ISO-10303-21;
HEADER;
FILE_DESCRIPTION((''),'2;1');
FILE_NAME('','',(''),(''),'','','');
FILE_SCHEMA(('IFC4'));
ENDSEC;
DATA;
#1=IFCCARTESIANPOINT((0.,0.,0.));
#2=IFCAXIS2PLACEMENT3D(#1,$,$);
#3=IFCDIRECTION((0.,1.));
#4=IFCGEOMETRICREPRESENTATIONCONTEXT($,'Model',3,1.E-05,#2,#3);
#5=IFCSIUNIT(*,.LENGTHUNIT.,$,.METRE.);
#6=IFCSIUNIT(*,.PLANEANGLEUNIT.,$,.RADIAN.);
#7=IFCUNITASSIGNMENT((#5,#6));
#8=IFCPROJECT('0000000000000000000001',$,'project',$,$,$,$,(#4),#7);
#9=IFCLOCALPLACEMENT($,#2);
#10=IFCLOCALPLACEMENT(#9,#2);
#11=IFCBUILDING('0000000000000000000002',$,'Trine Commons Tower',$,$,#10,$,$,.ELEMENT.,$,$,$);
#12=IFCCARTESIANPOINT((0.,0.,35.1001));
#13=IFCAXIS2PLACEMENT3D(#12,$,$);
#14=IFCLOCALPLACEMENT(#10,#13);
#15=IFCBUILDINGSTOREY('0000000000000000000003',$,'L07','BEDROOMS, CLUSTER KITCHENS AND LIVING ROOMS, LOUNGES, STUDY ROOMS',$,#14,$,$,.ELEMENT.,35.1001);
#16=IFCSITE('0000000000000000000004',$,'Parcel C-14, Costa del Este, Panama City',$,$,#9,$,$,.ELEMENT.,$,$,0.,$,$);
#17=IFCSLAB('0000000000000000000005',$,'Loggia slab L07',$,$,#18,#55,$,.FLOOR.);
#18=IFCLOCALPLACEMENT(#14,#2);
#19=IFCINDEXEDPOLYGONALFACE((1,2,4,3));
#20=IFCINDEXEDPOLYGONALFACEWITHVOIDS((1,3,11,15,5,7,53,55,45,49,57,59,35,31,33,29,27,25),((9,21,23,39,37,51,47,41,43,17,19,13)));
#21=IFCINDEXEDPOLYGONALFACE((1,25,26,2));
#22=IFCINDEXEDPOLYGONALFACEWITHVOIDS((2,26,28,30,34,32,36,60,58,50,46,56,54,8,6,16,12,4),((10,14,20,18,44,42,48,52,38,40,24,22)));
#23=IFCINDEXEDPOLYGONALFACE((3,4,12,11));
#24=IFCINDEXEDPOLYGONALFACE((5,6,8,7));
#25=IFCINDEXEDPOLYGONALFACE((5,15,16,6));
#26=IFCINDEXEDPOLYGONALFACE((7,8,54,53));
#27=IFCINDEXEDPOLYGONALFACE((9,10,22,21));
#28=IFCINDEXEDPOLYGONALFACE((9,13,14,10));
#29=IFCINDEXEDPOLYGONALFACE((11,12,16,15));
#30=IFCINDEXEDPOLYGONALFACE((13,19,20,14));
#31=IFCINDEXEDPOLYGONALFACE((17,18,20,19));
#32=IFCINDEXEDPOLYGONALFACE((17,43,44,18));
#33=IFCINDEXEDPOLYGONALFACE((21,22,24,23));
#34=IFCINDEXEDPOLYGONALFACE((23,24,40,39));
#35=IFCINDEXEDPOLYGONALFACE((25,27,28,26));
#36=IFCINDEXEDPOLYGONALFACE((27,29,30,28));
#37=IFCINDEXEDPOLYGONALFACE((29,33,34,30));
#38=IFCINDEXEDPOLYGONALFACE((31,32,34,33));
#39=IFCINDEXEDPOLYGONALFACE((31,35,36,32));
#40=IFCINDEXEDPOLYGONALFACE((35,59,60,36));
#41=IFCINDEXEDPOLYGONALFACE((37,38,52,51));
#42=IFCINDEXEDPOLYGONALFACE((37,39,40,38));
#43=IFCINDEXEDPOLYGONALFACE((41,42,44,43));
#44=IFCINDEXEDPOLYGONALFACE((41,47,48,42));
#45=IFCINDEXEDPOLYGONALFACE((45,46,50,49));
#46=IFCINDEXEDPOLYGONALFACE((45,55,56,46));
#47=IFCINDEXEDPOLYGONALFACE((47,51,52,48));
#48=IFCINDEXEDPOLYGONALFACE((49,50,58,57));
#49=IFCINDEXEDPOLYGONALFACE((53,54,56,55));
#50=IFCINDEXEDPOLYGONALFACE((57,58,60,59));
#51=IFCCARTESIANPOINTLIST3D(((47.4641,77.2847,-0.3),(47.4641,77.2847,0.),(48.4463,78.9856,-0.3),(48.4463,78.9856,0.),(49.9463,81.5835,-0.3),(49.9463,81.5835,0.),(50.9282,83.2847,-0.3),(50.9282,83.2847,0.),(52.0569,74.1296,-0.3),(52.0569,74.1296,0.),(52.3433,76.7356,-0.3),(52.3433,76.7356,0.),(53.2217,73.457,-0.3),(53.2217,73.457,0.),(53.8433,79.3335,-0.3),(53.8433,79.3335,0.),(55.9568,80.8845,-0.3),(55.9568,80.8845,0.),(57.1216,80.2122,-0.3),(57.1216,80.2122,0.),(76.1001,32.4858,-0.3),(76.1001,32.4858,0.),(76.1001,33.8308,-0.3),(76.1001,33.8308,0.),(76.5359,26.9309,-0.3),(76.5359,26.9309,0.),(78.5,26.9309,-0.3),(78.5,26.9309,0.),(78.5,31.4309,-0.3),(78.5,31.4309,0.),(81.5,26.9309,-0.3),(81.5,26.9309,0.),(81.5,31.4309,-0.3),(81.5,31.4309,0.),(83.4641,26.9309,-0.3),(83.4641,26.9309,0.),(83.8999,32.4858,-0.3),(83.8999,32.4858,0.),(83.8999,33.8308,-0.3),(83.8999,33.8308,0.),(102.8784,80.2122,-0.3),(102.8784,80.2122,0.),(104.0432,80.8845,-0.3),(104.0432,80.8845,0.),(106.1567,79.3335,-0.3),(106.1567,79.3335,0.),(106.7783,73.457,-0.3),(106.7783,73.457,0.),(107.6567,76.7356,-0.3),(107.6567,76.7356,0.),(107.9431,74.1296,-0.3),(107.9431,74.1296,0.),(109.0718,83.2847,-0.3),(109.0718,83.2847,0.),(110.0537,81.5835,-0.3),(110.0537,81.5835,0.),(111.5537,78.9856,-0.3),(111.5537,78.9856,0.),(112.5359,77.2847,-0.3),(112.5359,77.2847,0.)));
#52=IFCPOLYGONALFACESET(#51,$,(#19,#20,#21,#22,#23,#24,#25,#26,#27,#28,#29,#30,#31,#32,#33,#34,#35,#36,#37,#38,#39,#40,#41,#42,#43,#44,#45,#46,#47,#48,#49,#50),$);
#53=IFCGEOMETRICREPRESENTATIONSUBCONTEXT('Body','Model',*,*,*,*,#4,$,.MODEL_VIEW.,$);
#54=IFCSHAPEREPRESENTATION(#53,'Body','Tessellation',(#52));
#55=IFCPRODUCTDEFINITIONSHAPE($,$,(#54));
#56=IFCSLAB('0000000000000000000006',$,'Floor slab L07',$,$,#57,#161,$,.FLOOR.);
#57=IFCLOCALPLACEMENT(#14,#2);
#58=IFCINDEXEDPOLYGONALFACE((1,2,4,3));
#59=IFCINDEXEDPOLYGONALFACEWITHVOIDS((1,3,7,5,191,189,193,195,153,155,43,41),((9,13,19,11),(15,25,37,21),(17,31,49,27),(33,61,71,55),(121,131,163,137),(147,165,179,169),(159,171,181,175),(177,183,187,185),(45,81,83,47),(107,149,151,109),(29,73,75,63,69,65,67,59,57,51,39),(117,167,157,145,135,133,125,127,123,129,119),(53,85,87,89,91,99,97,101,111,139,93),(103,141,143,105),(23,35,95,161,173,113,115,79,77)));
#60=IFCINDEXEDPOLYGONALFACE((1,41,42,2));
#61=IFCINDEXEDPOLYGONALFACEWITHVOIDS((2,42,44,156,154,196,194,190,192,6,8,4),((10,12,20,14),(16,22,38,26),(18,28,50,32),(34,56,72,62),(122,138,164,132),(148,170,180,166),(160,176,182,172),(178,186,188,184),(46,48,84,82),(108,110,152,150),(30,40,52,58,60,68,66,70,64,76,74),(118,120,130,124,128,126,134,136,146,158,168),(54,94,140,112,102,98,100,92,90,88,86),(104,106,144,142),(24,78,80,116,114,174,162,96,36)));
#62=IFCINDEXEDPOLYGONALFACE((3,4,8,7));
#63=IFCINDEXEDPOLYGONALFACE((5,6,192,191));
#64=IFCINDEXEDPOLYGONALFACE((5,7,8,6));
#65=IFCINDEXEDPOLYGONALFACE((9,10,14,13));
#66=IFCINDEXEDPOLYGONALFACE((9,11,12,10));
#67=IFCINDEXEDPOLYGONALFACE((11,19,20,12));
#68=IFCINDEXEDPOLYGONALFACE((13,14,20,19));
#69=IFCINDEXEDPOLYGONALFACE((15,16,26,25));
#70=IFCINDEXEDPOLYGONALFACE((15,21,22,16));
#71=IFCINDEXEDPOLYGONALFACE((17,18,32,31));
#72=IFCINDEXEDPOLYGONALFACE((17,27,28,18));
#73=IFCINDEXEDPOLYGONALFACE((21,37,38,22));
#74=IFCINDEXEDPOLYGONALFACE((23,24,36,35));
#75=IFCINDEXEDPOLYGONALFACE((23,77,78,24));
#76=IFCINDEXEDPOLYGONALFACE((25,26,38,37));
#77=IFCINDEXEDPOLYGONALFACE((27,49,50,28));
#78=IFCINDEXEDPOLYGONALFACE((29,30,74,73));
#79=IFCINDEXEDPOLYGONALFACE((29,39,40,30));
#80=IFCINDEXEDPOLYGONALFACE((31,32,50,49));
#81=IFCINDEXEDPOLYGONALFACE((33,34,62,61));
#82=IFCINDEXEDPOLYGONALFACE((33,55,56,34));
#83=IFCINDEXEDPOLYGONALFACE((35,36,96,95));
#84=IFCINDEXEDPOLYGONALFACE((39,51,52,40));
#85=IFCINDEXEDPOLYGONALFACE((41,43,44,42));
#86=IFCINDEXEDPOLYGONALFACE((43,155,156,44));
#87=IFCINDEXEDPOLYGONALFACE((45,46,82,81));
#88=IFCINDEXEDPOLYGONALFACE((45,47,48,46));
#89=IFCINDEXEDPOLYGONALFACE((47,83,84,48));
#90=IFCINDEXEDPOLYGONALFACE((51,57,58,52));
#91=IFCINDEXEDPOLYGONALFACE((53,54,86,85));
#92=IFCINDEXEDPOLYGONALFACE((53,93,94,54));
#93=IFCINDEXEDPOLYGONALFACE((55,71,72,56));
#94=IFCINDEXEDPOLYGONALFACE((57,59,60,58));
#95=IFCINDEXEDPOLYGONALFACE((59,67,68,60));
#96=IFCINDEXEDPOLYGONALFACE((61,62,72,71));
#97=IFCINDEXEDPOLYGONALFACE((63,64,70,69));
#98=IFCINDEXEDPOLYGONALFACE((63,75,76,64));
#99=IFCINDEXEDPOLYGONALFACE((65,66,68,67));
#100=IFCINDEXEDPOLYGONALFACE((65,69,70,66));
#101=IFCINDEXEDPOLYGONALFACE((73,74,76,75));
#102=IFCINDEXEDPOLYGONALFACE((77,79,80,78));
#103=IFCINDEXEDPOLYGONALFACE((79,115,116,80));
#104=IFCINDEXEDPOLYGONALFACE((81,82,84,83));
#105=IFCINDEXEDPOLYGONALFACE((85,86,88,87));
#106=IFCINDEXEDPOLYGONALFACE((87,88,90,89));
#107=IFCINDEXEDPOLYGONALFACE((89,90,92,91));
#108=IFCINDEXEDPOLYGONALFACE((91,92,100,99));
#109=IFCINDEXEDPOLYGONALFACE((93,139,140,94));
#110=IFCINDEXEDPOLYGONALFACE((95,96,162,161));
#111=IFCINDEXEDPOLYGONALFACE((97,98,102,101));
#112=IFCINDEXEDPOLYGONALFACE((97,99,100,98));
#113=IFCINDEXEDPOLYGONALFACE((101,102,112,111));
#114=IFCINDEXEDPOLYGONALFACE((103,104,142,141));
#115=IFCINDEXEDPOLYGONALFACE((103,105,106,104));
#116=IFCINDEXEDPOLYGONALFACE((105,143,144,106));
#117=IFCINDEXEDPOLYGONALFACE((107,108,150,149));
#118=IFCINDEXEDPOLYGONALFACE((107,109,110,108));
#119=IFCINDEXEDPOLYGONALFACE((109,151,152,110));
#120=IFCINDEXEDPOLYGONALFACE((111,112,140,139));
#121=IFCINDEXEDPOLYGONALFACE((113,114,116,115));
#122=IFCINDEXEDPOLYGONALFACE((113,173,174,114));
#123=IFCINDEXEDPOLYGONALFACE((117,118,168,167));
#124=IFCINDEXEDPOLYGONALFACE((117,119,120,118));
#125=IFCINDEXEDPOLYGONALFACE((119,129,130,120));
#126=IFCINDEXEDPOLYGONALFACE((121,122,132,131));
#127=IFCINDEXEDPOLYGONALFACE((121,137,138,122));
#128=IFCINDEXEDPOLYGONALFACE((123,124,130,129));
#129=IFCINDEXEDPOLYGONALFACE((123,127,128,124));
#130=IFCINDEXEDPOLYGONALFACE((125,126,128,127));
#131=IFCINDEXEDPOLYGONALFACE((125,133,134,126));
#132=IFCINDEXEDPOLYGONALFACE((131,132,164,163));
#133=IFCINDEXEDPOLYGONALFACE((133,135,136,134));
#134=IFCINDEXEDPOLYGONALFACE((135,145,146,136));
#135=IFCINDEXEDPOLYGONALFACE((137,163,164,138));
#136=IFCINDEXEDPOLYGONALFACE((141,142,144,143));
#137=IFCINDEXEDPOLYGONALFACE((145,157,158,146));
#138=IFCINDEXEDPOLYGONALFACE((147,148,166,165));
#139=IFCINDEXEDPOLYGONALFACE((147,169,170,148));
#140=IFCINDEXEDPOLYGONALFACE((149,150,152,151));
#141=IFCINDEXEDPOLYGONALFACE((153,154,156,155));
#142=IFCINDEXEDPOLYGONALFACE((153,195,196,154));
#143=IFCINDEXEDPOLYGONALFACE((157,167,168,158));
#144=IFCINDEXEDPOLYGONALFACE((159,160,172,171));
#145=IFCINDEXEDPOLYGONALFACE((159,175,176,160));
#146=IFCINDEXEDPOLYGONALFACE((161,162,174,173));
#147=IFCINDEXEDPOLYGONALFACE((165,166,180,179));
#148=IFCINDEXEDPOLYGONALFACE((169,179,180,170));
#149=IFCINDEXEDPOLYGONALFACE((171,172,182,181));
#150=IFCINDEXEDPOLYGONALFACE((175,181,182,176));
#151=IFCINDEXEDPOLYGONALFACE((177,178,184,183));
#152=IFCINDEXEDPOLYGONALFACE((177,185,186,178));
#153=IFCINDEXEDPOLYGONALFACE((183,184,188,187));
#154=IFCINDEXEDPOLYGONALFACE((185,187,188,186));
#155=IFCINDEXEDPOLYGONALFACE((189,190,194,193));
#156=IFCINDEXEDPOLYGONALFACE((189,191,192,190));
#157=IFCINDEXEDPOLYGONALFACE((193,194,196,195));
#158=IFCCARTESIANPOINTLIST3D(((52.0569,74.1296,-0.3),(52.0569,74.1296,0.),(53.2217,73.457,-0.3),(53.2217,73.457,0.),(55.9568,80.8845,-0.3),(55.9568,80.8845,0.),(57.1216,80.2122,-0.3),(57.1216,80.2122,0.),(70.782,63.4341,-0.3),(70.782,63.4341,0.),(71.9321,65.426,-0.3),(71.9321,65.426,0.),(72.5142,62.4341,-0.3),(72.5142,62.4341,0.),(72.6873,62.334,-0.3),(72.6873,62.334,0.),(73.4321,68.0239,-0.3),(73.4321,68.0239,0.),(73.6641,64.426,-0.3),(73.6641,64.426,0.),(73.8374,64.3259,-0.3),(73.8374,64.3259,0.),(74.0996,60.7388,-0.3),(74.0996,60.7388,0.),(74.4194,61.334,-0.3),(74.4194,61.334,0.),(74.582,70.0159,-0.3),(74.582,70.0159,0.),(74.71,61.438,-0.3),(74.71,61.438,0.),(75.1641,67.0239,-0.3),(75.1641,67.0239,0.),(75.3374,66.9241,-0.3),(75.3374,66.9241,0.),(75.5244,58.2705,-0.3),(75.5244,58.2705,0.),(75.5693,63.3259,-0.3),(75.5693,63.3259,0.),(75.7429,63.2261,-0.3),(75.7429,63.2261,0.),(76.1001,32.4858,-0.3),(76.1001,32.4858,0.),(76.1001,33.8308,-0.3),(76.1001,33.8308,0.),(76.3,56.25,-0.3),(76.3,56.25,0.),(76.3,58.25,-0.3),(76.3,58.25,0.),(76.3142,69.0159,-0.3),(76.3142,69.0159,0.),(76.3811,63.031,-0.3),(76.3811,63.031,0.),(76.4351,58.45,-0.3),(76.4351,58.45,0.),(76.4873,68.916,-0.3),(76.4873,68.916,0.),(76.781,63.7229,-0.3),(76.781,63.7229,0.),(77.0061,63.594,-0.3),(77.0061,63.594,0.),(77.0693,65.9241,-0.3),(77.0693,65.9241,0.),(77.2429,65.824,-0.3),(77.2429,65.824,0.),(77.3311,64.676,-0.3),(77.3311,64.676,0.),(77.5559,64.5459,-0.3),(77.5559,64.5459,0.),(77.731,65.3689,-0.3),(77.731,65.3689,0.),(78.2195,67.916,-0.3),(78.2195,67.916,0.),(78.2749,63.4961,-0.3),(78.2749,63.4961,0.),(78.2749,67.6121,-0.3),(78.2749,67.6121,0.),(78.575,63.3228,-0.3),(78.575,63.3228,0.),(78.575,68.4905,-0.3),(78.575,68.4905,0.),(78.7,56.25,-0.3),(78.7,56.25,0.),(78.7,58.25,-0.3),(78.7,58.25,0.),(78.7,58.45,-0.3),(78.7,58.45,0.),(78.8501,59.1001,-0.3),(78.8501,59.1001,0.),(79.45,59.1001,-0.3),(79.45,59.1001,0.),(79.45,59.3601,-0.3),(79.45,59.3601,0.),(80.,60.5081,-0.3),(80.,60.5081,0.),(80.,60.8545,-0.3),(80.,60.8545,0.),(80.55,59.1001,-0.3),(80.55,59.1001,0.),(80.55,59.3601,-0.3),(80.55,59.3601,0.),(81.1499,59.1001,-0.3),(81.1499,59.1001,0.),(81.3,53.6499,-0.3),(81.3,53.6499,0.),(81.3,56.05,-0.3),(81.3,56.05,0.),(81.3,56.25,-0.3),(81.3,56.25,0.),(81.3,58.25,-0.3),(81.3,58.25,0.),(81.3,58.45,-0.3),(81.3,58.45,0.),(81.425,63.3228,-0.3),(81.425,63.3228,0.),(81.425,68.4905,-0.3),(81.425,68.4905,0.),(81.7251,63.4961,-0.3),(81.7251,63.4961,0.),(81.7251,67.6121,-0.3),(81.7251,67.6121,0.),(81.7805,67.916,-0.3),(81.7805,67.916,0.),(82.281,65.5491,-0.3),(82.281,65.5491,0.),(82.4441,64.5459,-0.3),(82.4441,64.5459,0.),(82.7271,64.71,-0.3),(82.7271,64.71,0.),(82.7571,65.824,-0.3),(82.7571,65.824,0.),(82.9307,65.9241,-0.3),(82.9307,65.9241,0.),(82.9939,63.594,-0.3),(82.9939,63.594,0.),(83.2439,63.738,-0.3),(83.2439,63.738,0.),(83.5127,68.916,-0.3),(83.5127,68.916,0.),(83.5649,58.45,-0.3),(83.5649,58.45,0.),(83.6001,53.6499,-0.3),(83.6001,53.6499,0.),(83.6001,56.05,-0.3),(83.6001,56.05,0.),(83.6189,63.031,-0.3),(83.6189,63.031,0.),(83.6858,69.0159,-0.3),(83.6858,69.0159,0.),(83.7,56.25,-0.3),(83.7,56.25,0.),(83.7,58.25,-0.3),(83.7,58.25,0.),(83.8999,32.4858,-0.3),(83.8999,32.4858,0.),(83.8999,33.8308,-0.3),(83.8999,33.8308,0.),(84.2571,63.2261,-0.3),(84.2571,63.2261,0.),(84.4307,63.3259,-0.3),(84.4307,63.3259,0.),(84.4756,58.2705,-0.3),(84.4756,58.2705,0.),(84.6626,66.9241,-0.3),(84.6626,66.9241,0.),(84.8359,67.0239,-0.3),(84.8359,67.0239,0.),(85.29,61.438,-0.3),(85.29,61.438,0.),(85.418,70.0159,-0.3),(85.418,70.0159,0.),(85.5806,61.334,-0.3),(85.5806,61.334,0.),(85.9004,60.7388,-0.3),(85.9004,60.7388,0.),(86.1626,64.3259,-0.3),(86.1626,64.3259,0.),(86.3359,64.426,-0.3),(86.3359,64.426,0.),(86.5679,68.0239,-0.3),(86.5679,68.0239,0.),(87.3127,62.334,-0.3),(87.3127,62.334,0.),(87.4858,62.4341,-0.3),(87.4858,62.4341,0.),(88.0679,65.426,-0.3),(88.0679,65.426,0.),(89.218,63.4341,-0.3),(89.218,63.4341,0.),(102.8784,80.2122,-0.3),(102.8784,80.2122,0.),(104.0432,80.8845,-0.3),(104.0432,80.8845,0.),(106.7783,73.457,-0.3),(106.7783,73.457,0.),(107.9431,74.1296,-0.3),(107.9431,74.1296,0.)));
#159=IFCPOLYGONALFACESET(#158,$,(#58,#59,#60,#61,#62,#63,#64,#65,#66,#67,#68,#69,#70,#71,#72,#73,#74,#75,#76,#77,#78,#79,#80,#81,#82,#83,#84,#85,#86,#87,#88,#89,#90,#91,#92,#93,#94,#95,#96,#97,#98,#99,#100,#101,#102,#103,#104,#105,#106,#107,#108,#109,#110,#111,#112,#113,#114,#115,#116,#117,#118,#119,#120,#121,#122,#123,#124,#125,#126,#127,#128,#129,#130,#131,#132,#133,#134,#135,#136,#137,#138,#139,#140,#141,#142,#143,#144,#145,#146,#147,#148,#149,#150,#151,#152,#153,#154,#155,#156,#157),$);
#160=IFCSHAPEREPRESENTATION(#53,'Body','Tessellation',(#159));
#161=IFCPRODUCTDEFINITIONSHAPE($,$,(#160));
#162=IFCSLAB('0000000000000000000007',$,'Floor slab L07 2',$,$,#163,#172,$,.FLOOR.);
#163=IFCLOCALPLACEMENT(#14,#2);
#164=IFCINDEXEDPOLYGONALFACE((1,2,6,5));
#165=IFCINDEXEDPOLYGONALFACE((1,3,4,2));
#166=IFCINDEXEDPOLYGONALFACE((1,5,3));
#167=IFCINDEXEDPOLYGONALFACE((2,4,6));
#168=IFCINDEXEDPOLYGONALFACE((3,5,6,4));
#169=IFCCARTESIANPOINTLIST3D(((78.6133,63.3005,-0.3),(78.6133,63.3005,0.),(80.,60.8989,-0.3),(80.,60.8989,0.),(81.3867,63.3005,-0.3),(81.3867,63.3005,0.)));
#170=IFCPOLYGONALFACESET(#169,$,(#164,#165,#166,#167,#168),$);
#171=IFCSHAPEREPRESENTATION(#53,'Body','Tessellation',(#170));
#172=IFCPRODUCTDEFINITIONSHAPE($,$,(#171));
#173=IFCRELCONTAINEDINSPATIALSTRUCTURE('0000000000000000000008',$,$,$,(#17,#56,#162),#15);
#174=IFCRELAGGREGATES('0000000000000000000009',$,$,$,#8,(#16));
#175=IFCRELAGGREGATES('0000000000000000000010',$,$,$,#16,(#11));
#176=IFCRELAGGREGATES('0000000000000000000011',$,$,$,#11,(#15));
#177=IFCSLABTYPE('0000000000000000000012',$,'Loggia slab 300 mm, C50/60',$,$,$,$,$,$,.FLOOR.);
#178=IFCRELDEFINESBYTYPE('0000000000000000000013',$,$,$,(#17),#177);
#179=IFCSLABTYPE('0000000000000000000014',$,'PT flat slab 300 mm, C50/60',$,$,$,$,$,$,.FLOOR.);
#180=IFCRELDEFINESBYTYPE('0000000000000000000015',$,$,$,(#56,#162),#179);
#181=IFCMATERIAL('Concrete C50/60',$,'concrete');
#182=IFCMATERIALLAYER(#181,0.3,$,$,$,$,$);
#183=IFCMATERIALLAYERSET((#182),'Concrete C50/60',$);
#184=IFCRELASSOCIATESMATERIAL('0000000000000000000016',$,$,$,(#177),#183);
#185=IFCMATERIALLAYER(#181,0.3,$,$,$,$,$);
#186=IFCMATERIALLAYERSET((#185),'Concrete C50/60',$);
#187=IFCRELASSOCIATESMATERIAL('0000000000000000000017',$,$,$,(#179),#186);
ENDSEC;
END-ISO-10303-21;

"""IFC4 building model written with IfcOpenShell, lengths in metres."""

from ifc_helpers import new_model, si_unit, direction, frame, origin, place, context, subcontext, project, spatial, polyline, outline, extrude, material, layer, layer_set, type_object, element, save


model = new_model("IFC4")

# Units and contexts
model_context = context("Model", 3, precision=1e-05, world=origin(), true_north=direction((0.0, 1.0)))
body_context = subcontext(model_context, "Body", "Model", "MODEL_VIEW")
ifc_project = project(units=[si_unit("LENGTHUNIT", "METRE"), si_unit("PLANEANGLEUNIT", "RADIAN")], contexts=[model_context])

# Site, building, storey
site_placement = place(None, origin())
site = spatial("IfcSite", under=ifc_project, at=site_placement, Name="Parcel C-14, Costa del Este, Panama City", CompositionType="ELEMENT", RefElevation=0.0)
building_placement = place(site_placement, origin())
building = spatial("IfcBuilding", under=site, at=building_placement, Name="Trine Commons Tower", CompositionType="ELEMENT")
storey_placement = place(building_placement, frame((0.0, 0.0, 35.1001)))
storey = spatial("IfcBuildingStorey", under=building, at=storey_placement, Name="L07", Description="BEDROOMS, CLUSTER KITCHENS AND LIVING ROOMS, LOUNGES, STUDY ROOMS", CompositionType="ELEMENT", Elevation=35.1001)

# Slabs
ifc_material_1 = material(Name="Concrete C50/60", Category="concrete")
ifc_layer_1 = layer(ifc_material_1, 0.3)
ifc_layer_set_1 = layer_set([ifc_layer_1], Name="Concrete C50/60")
slab_type_1 = type_object("IfcSlabType", Name="Loggia slab 300 mm, C50/60", PredefinedType="FLOOR", material=ifc_layer_set_1)
slab_1_placement = place(storey_placement, frame((0.0, 0.0, -0.3)))
element("IfcSlab", 1, at=slab_1_placement, inside=storey, type_object=slab_type_1, Name="Loggia slab L07", PredefinedType="FLOOR", context=body_context, shape_type="SweptSolid", body=[
    extrude(outline(polyline([(83.4641, 26.9309), (112.5359, 77.2847), (111.5537, 78.9856), (107.6567, 76.7356), (106.1567, 79.3335), (110.0537, 81.5835), (109.0718, 83.2847), (50.9282, 83.2847), (49.9463, 81.5835), (53.8433, 79.3335), (52.3433, 76.7356), (48.4463, 78.9856), (47.4641, 77.2847), (76.5359, 26.9309), (78.5, 26.9309), (78.5, 31.4309), (81.5, 31.4309), (81.5, 26.9309), (83.4641, 26.9309)]), holes=[polyline([(76.1001, 32.4858), (76.1001, 33.8308), (83.8999, 33.8308), (83.8999, 32.4858), (107.9431, 74.1296), (106.7783, 73.457), (102.8784, 80.2122), (104.0432, 80.8845), (55.9568, 80.8845), (57.1216, 80.2122), (53.2217, 73.457), (52.0569, 74.1296), (76.1001, 32.4858)])]), origin(), (0.0, 0.0, 1.0), 0.3),
])
ifc_layer_2 = layer(ifc_material_1, 0.3)
ifc_layer_set_2 = layer_set([ifc_layer_2], Name="Concrete C50/60")
slab_type_2 = type_object("IfcSlabType", Name="PT flat slab 300 mm, C50/60", PredefinedType="FLOOR", material=ifc_layer_set_2)
slab_2_placement = place(storey_placement, frame((0.0, 0.0, -0.3)))
element("IfcSlab", 2, at=slab_2_placement, inside=storey, type_object=slab_type_2, Name="Floor slab L07", PredefinedType="FLOOR", context=body_context, shape_type="SweptSolid", body=[
    extrude(outline(polyline([(52.0569, 74.1296), (76.1001, 32.4858), (76.1001, 33.8308), (83.8999, 33.8308), (83.8999, 32.4858), (107.9431, 74.1296), (106.7783, 73.457), (102.8784, 80.2122), (104.0432, 80.8845), (55.9568, 80.8845), (57.1216, 80.2122), (53.2217, 73.457), (52.0569, 74.1296)]), holes=[polyline([(76.3, 56.25), (78.7, 56.25), (78.7, 58.25), (76.3, 58.25), (76.3, 56.25)]), polyline([(81.1499, 59.1001), (81.3, 58.45), (83.5649, 58.45), (80.0, 60.5081), (76.4351, 58.45), (78.7, 58.45), (78.8501, 59.1001), (79.45, 59.1001), (79.45, 59.3601), (80.55, 59.3601), (80.55, 59.1001), (81.1499, 59.1001)]), polyline([(80.0, 60.8545), (84.4756, 58.2705), (85.9004, 60.7388), (81.425, 63.3228), (81.425, 68.4905), (78.575, 68.4905), (78.575, 63.3228), (74.0996, 60.7388), (75.5244, 58.2705), (80.0, 60.8545)]), polyline([(73.8374, 64.3259), (72.6873, 62.334), (74.4194, 61.334), (75.5693, 63.3259), (73.8374, 64.3259)]), polyline([(71.9321, 65.426), (70.782, 63.4341), (72.5142, 62.4341), (73.6641, 64.426), (71.9321, 65.426)]), polyline([(76.781, 63.7229), (76.3811, 63.031), (75.7429, 63.2261), (74.71, 61.438), (78.2749, 63.4961), (78.2749, 67.6121), (77.2429, 65.824), (77.731, 65.3689), (77.3311, 64.676), (77.5559, 64.5459), (77.0061, 63.594), (76.781, 63.7229)]), polyline([(76.4873, 68.916), (75.3374, 66.9241), (77.0693, 65.9241), (78.2195, 67.916), (76.4873, 68.916)]), polyline([(74.582, 70.0159), (73.4321, 68.0239), (75.1641, 67.0239), (76.3142, 69.0159), (74.582, 70.0159)]), polyline([(81.3, 53.6499), (83.6001, 53.6499), (83.6001, 56.05), (81.3, 56.05), (81.3, 53.6499)]), polyline([(81.3, 56.25), (83.7, 56.25), (83.7, 58.25), (81.3, 58.25), (81.3, 56.25)]), polyline([(87.3127, 62.334), (86.1626, 64.3259), (84.4307, 63.3259), (85.5806, 61.334), (87.3127, 62.334)]), polyline([(89.218, 63.4341), (88.0679, 65.426), (86.3359, 64.426), (87.4858, 62.4341), (89.218, 63.4341)]), polyline([(83.2439, 63.738), (82.9939, 63.594), (82.4441, 64.5459), (82.7271, 64.71), (82.281, 65.5491), (82.7571, 65.824), (81.7251, 67.6121), (81.7251, 63.4961), (85.29, 61.438), (84.2571, 63.2261), (83.6189, 63.031), (83.2439, 63.738)]), polyline([(82.9307, 65.9241), (84.6626, 66.9241), (83.5127, 68.916), (81.7805, 67.916), (82.9307, 65.9241)]), polyline([(84.8359, 67.0239), (86.5679, 68.0239), (85.418, 70.0159), (83.6858, 69.0159), (84.8359, 67.0239)])]), origin(), (0.0, 0.0, 1.0), 0.3),
])
slab_3_placement = place(storey_placement, frame((0.0, 0.0, -0.3)))
element("IfcSlab", 3, at=slab_3_placement, inside=storey, type_object=slab_type_2, Name="Floor slab L07 2", PredefinedType="FLOOR", context=body_context, shape_type="SweptSolid", body=[
    extrude(outline(polyline([(78.6133, 63.3005), (80.0, 60.8989), (81.3867, 63.3005), (78.6133, 63.3005)])), origin(), (0.0, 0.0, 1.0), 0.3),
])

save(model, "model.ifc")
